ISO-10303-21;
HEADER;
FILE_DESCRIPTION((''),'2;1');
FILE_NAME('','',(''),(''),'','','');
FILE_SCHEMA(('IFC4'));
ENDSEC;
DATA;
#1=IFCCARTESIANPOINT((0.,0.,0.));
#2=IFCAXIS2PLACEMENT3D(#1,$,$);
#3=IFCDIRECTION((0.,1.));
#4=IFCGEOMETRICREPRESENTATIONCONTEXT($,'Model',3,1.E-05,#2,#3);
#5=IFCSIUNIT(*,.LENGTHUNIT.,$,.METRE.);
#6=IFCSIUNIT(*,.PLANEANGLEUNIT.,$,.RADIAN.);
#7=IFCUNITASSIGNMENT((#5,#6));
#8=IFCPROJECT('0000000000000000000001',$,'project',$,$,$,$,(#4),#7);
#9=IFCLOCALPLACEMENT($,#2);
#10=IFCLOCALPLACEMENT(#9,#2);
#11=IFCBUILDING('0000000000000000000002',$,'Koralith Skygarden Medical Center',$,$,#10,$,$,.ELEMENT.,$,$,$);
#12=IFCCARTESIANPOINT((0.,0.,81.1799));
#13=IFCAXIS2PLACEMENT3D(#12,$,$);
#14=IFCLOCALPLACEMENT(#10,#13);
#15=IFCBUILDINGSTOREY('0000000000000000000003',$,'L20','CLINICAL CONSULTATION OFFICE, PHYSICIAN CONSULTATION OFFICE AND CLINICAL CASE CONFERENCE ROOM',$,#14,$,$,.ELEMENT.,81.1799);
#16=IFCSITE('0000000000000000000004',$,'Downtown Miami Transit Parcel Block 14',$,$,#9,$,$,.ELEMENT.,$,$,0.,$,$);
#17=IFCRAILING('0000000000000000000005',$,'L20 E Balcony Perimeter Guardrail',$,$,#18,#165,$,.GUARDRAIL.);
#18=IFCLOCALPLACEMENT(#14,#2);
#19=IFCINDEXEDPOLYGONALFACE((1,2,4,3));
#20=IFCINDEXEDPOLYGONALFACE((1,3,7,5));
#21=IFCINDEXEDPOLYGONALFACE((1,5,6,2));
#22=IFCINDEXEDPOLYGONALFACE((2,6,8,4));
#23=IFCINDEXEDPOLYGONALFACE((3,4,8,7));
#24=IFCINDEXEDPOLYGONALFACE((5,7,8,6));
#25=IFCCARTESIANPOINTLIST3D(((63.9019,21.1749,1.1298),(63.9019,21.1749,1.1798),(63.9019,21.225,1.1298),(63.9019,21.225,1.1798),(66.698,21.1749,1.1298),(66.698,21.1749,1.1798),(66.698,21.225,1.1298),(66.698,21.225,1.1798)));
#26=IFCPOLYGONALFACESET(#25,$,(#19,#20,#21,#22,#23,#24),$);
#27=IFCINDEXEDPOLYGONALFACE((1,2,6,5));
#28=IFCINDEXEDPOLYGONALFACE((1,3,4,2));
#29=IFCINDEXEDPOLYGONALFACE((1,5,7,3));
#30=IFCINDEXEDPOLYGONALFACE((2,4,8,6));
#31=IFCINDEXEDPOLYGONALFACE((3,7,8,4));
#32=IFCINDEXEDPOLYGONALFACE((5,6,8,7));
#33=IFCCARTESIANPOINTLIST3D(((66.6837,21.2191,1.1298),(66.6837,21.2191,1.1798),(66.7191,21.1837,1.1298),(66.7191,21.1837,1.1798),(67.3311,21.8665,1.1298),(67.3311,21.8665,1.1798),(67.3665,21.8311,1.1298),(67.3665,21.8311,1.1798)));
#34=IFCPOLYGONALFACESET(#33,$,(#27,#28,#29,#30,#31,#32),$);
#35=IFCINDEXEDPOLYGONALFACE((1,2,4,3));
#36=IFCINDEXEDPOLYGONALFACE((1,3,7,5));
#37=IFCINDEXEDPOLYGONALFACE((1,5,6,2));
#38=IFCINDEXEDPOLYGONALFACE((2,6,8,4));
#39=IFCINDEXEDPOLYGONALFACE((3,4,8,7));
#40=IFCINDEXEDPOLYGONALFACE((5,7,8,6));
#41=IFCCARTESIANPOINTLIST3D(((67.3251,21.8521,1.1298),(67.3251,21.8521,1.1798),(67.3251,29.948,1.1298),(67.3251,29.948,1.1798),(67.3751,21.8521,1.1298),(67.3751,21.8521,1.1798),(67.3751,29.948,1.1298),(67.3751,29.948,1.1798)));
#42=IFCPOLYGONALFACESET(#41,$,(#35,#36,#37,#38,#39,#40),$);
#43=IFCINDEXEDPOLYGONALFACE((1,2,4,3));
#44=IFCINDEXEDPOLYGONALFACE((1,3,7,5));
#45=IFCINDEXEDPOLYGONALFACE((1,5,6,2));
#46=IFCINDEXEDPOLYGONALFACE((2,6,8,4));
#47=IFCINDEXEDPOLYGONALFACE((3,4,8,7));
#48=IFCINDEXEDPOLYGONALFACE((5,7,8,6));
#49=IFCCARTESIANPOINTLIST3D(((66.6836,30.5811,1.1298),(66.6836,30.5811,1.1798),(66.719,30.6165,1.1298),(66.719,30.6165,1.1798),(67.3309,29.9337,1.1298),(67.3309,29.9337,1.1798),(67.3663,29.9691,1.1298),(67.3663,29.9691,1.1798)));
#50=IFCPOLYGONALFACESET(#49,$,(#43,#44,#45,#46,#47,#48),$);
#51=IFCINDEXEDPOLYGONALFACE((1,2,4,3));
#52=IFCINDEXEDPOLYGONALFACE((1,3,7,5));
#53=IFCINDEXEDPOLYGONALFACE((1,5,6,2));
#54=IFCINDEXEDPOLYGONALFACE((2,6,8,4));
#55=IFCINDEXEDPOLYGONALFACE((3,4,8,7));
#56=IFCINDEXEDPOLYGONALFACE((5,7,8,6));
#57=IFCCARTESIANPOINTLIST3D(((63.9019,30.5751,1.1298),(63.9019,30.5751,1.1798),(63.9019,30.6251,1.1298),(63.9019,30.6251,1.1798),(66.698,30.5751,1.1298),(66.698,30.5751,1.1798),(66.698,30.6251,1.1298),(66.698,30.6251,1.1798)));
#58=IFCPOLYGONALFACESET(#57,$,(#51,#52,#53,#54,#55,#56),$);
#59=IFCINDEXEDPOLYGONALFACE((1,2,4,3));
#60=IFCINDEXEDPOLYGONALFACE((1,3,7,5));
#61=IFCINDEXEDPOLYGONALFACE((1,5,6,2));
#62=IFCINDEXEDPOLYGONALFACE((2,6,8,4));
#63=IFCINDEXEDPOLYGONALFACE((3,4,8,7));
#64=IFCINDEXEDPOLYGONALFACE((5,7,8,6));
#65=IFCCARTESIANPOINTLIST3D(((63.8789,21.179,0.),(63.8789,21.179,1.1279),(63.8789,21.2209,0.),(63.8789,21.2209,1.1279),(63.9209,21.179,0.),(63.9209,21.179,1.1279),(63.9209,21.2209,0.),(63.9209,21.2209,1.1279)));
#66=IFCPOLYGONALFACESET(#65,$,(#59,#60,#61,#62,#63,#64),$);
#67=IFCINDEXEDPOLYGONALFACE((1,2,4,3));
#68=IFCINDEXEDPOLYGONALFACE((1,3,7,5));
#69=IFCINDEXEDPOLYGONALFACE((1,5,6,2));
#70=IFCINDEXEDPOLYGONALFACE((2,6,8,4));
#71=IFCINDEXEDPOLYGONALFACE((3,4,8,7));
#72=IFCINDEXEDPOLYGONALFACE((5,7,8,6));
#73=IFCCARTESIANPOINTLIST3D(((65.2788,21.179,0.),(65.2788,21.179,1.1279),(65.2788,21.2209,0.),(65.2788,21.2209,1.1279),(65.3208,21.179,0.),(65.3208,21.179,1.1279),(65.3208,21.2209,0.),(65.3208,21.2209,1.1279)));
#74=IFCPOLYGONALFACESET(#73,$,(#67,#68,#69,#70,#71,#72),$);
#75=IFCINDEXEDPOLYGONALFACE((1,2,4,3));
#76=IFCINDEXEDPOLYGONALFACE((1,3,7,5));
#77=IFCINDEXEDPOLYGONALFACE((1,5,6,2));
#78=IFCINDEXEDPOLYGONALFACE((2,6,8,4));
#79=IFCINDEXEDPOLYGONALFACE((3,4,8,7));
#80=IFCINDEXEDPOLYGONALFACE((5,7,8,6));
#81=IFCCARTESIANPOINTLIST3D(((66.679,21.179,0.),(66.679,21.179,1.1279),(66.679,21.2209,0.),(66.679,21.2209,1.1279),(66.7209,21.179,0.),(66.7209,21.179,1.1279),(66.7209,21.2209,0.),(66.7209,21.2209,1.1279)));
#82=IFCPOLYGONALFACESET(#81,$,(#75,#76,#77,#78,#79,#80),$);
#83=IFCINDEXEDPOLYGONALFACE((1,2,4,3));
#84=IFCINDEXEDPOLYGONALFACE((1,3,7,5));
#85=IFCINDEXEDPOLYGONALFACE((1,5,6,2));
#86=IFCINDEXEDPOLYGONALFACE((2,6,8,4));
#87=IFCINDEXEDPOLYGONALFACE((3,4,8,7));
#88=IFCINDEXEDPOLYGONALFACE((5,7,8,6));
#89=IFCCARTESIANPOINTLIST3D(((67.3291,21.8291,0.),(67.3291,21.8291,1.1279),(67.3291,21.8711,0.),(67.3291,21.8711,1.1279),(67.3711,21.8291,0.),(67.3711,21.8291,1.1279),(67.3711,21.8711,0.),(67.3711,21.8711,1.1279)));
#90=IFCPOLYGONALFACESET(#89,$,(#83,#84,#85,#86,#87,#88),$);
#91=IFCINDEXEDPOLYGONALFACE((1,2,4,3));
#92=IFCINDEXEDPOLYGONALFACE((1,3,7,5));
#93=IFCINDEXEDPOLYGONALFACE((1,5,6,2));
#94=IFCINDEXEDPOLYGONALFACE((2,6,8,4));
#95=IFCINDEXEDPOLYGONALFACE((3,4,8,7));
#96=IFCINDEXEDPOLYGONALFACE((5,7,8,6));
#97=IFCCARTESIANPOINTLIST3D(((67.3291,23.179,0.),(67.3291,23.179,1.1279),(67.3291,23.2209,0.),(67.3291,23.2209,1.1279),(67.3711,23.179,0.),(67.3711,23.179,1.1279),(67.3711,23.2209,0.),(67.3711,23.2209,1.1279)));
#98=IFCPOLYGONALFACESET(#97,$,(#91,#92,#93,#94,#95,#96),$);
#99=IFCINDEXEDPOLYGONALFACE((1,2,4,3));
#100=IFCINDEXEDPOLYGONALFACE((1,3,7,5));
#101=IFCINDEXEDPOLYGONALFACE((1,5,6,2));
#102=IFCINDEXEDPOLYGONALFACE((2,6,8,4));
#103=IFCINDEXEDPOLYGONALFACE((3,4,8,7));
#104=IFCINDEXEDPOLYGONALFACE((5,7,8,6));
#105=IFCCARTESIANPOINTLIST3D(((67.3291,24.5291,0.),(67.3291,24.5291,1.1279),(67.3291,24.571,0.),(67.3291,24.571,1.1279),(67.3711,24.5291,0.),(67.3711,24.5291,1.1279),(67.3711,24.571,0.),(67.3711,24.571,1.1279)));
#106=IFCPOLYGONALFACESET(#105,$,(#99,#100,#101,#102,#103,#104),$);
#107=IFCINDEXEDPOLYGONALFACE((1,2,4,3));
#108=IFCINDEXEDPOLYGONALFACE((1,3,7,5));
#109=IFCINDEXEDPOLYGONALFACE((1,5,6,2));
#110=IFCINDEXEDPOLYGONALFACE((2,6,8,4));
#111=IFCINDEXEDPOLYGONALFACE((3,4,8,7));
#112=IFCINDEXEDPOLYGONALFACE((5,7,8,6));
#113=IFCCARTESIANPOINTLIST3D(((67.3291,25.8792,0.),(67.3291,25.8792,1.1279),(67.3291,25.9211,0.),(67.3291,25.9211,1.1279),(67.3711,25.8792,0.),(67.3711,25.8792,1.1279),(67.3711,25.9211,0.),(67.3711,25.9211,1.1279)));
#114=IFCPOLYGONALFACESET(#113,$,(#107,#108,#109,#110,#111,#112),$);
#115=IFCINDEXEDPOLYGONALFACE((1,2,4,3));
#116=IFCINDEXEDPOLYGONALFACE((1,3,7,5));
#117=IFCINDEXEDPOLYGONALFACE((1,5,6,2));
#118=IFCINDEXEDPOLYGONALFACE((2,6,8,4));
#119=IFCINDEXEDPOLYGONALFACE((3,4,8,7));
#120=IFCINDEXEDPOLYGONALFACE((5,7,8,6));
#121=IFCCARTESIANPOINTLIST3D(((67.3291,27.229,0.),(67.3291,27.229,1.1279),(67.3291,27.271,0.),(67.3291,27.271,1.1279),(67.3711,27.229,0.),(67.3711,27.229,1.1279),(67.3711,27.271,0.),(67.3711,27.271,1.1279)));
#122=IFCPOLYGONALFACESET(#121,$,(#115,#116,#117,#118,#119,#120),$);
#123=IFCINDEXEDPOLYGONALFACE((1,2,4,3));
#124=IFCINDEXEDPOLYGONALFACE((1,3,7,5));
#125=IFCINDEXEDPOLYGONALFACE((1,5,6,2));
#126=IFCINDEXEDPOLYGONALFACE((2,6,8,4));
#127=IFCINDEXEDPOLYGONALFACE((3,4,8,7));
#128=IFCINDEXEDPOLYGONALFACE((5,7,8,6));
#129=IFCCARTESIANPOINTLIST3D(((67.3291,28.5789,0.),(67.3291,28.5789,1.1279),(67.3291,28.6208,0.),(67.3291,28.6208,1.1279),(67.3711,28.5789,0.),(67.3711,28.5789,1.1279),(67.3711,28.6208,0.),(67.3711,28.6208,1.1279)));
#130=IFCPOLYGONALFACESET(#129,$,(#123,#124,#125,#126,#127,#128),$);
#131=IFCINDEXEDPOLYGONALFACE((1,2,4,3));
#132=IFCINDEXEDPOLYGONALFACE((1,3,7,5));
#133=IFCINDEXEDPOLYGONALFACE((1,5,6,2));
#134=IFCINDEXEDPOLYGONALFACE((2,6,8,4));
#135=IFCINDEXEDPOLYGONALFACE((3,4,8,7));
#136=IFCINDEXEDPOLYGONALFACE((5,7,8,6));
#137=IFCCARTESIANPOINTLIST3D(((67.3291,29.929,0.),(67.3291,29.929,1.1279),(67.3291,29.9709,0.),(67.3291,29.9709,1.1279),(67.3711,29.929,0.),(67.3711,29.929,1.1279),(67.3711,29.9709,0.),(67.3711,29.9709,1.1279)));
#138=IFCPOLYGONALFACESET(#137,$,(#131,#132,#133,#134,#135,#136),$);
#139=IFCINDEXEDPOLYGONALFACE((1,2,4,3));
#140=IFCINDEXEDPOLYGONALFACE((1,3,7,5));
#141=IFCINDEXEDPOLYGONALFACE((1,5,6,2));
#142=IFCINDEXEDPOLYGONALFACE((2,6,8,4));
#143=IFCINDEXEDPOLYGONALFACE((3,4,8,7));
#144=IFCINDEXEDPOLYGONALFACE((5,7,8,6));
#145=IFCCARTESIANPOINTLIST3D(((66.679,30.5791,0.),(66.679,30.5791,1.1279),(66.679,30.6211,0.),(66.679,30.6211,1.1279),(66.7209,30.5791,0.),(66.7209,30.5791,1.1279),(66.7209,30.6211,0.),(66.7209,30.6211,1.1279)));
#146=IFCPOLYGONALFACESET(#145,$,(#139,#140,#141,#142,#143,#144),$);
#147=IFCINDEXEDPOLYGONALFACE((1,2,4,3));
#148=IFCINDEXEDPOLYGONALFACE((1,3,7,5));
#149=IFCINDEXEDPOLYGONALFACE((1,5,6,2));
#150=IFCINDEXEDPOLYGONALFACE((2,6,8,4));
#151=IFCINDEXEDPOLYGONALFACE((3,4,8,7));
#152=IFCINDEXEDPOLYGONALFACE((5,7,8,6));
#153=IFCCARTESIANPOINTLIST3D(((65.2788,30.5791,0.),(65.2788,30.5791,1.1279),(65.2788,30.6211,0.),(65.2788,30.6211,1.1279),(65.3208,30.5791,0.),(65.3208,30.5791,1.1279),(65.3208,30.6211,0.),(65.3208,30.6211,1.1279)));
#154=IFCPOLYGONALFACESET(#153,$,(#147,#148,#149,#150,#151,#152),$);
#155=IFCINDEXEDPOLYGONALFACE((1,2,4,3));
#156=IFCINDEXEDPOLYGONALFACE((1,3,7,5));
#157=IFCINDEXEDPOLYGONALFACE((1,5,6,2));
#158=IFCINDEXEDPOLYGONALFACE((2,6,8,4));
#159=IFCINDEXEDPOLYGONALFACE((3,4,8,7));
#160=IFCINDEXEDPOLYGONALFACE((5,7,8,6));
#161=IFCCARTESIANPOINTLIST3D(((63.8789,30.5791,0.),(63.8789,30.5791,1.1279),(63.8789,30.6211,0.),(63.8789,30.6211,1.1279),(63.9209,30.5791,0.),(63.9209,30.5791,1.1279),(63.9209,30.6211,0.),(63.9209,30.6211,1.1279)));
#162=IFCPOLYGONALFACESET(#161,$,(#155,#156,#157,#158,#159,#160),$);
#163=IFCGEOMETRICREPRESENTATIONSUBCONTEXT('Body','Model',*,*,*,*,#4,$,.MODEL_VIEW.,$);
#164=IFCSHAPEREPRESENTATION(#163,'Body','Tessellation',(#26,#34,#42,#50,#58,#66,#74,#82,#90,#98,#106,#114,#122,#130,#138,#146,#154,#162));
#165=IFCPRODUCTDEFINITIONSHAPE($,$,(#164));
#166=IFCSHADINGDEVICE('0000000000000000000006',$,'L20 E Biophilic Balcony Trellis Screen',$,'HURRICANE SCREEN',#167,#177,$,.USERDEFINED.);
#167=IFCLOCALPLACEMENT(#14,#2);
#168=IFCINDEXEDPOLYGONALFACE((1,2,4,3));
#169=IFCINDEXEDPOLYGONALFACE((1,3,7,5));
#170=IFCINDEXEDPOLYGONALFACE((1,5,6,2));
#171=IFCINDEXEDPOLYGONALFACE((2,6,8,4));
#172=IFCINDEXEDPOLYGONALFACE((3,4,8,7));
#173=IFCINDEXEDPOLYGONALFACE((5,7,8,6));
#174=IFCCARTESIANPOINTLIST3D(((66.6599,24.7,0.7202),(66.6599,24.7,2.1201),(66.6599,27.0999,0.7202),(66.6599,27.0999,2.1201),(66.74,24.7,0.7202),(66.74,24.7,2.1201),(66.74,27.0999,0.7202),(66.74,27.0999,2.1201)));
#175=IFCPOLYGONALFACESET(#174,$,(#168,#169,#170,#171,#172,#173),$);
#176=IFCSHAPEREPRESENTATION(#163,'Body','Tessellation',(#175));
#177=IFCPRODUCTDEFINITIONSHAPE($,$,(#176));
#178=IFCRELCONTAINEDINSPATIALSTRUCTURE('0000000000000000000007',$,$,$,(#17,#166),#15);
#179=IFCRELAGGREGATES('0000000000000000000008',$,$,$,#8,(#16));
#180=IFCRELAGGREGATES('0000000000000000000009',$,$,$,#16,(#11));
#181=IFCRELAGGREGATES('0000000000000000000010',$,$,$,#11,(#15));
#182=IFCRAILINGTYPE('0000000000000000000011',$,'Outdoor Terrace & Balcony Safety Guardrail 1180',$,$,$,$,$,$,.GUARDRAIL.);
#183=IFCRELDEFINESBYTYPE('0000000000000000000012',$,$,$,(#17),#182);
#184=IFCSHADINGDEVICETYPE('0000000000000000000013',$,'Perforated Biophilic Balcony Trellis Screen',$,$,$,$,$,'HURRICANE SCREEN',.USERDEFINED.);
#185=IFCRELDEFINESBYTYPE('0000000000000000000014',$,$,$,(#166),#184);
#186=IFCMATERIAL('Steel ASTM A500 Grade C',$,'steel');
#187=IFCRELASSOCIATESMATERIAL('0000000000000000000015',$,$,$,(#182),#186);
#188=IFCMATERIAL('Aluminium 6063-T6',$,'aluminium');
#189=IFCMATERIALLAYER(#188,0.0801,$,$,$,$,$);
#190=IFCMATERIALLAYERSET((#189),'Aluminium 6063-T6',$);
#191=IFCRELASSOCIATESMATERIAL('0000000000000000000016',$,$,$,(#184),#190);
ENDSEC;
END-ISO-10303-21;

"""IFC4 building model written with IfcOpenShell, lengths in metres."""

from ifc_helpers import new_model, si_unit, direction, frame, origin, origin_2d, place, context, subcontext, project, spatial, rectangle, extrude, material, layer, layer_set, type_object, element, save


model = new_model("IFC4")

# Units and contexts
model_context = context("Model", 3, precision=1e-05, world=origin(), true_north=direction((0.0, 1.0)))
body_context = subcontext(model_context, "Body", "Model", "MODEL_VIEW")
ifc_project = project(units=[si_unit("LENGTHUNIT", "METRE"), si_unit("PLANEANGLEUNIT", "RADIAN")], contexts=[model_context])

# Site, building, storey
site_placement = place(None, origin())
site = spatial("IfcSite", under=ifc_project, at=site_placement, Name="Downtown Miami Transit Parcel Block 14", CompositionType="ELEMENT", RefElevation=0.0)
building_placement = place(site_placement, origin())
building = spatial("IfcBuilding", under=site, at=building_placement, Name="Koralith Skygarden Medical Center", CompositionType="ELEMENT")
storey_placement = place(building_placement, frame((0.0, 0.0, 81.1799)))
storey = spatial("IfcBuildingStorey", under=building, at=storey_placement, Name="L20", Description="CLINICAL CONSULTATION OFFICE, PHYSICIAN CONSULTATION OFFICE AND CLINICAL CASE CONFERENCE ROOM", CompositionType="ELEMENT", Elevation=81.1799)

# Shared definitions
ifc_material_1 = material(Name="Aluminium 6063-T6", Category="aluminium")

# Railing
ifc_material_2 = material(Name="Steel ASTM A500 Grade C", Category="steel")
railing_type = type_object("IfcRailingType", Name="Outdoor Terrace & Balcony Safety Guardrail 1180", PredefinedType="GUARDRAIL", material=ifc_material_2)
railing_placement = place(storey_placement, frame((63.8999, 21.2, 0.0)))
element("IfcRailing", 1, at=railing_placement, inside=storey, type_object=railing_type, Name="L20 E Balcony Perimeter Guardrail", PredefinedType="GUARDRAIL", context=body_context, shape_type="SweptSolid", body=[
    extrude(rectangle(XDim=0.05, YDim=0.05, at=origin_2d()), frame((0.002, 0.0, 1.1548), z_axis=(1.0, 0.0, 0.0), x_axis=(0.0, 1.0, 0.0)), (0.0, 0.0, 1.0), 2.7961),
    extrude(rectangle(XDim=0.05, YDim=0.05, at=origin_2d()), frame((2.8015, 0.0015, 1.1548), z_axis=(0.707107, 0.707107, 0.0), x_axis=(-0.707107, 0.707107, 0.0)), (0.0, 0.0, 1.0), 0.9155),
    extrude(rectangle(XDim=0.05, YDim=0.05, at=origin_2d()), frame((3.4502, 0.6521, 1.1548), z_axis=(0.0, 1.0, 0.0), x_axis=(-1.0, 0.0, 0.0)), (0.0, 0.0, 1.0), 8.0959),
    extrude(rectangle(XDim=0.05, YDim=0.05, at=origin_2d()), frame((3.4487, 8.7515, 1.1548), z_axis=(-0.707107, 0.707107, 0.0), x_axis=(-0.707107, -0.707107, 0.0)), (0.0, 0.0, 1.0), 0.9155),
    extrude(rectangle(XDim=0.05, YDim=0.05, at=origin_2d()), frame((2.7981, 9.4001, 1.1548), z_axis=(-1.0, 0.0, 0.0), x_axis=(0.0, -1.0, 0.0)), (0.0, 0.0, 1.0), 2.7961),
    extrude(rectangle(XDim=0.042, YDim=0.042, at=origin_2d()), origin(), (0.0, 0.0, 1.0), 1.1279),
    extrude(rectangle(XDim=0.042, YDim=0.042, at=origin_2d()), frame((1.3999, 0.0, 0.0)), (0.0, 0.0, 1.0), 1.1279),
    extrude(rectangle(XDim=0.042, YDim=0.042, at=origin_2d()), frame((2.8, 0.0, 0.0)), (0.0, 0.0, 1.0), 1.1279),
    extrude(rectangle(XDim=0.042, YDim=0.042, at=origin_2d()), frame((3.4502, 0.6501, 0.0)), (0.0, 0.0, 1.0), 1.1279),
    extrude(rectangle(XDim=0.042, YDim=0.042, at=origin_2d()), frame((3.4502, 2.0, 0.0)), (0.0, 0.0, 1.0), 1.1279),
    extrude(rectangle(XDim=0.042, YDim=0.042, at=origin_2d()), frame((3.4502, 3.3501, 0.0)), (0.0, 0.0, 1.0), 1.1279),
    extrude(rectangle(XDim=0.042, YDim=0.042, at=origin_2d()), frame((3.4502, 4.7002, 0.0)), (0.0, 0.0, 1.0), 1.1279),
    extrude(rectangle(XDim=0.042, YDim=0.042, at=origin_2d()), frame((3.4502, 6.05, 0.0)), (0.0, 0.0, 1.0), 1.1279),
    extrude(rectangle(XDim=0.042, YDim=0.042, at=origin_2d()), frame((3.4502, 7.3999, 0.0)), (0.0, 0.0, 1.0), 1.1279),
    extrude(rectangle(XDim=0.042, YDim=0.042, at=origin_2d()), frame((3.4502, 8.75, 0.0)), (0.0, 0.0, 1.0), 1.1279),
    extrude(rectangle(XDim=0.042, YDim=0.042, at=origin_2d()), frame((2.8, 9.4001, 0.0)), (0.0, 0.0, 1.0), 1.1279),
    extrude(rectangle(XDim=0.042, YDim=0.042, at=origin_2d()), frame((1.3999, 9.4001, 0.0)), (0.0, 0.0, 1.0), 1.1279),
    extrude(rectangle(XDim=0.042, YDim=0.042, at=origin_2d()), frame((0.0, 9.4001, 0.0)), (0.0, 0.0, 1.0), 1.1279),
])

# Shading device
ifc_layer_1 = layer(ifc_material_1, 0.0801)
ifc_layer_set_1 = layer_set([ifc_layer_1], Name="Aluminium 6063-T6")
shading_device_type = type_object("IfcShadingDeviceType", Name="Perforated Biophilic Balcony Trellis Screen", ElementType="HURRICANE SCREEN", PredefinedType="USERDEFINED", material=ifc_layer_set_1)
shading_device_placement = place(storey_placement, frame((66.7, 25.8999, 0.7202), z_axis=(0.0, 0.0, 1.0), x_axis=(0.0, 1.0, 0.0)))
element("IfcShadingDevice", 2, at=shading_device_placement, inside=storey, type_object=shading_device_type, Name="L20 E Biophilic Balcony Trellis Screen", ObjectType="HURRICANE SCREEN", PredefinedType="USERDEFINED", context=body_context, shape_type="SweptSolid", body=[
    extrude(rectangle(XDim=2.3999, YDim=0.0801, at=origin_2d()), origin(), (0.0, 0.0, 1.0), 1.3999),
])

save(model, "model.ifc")
